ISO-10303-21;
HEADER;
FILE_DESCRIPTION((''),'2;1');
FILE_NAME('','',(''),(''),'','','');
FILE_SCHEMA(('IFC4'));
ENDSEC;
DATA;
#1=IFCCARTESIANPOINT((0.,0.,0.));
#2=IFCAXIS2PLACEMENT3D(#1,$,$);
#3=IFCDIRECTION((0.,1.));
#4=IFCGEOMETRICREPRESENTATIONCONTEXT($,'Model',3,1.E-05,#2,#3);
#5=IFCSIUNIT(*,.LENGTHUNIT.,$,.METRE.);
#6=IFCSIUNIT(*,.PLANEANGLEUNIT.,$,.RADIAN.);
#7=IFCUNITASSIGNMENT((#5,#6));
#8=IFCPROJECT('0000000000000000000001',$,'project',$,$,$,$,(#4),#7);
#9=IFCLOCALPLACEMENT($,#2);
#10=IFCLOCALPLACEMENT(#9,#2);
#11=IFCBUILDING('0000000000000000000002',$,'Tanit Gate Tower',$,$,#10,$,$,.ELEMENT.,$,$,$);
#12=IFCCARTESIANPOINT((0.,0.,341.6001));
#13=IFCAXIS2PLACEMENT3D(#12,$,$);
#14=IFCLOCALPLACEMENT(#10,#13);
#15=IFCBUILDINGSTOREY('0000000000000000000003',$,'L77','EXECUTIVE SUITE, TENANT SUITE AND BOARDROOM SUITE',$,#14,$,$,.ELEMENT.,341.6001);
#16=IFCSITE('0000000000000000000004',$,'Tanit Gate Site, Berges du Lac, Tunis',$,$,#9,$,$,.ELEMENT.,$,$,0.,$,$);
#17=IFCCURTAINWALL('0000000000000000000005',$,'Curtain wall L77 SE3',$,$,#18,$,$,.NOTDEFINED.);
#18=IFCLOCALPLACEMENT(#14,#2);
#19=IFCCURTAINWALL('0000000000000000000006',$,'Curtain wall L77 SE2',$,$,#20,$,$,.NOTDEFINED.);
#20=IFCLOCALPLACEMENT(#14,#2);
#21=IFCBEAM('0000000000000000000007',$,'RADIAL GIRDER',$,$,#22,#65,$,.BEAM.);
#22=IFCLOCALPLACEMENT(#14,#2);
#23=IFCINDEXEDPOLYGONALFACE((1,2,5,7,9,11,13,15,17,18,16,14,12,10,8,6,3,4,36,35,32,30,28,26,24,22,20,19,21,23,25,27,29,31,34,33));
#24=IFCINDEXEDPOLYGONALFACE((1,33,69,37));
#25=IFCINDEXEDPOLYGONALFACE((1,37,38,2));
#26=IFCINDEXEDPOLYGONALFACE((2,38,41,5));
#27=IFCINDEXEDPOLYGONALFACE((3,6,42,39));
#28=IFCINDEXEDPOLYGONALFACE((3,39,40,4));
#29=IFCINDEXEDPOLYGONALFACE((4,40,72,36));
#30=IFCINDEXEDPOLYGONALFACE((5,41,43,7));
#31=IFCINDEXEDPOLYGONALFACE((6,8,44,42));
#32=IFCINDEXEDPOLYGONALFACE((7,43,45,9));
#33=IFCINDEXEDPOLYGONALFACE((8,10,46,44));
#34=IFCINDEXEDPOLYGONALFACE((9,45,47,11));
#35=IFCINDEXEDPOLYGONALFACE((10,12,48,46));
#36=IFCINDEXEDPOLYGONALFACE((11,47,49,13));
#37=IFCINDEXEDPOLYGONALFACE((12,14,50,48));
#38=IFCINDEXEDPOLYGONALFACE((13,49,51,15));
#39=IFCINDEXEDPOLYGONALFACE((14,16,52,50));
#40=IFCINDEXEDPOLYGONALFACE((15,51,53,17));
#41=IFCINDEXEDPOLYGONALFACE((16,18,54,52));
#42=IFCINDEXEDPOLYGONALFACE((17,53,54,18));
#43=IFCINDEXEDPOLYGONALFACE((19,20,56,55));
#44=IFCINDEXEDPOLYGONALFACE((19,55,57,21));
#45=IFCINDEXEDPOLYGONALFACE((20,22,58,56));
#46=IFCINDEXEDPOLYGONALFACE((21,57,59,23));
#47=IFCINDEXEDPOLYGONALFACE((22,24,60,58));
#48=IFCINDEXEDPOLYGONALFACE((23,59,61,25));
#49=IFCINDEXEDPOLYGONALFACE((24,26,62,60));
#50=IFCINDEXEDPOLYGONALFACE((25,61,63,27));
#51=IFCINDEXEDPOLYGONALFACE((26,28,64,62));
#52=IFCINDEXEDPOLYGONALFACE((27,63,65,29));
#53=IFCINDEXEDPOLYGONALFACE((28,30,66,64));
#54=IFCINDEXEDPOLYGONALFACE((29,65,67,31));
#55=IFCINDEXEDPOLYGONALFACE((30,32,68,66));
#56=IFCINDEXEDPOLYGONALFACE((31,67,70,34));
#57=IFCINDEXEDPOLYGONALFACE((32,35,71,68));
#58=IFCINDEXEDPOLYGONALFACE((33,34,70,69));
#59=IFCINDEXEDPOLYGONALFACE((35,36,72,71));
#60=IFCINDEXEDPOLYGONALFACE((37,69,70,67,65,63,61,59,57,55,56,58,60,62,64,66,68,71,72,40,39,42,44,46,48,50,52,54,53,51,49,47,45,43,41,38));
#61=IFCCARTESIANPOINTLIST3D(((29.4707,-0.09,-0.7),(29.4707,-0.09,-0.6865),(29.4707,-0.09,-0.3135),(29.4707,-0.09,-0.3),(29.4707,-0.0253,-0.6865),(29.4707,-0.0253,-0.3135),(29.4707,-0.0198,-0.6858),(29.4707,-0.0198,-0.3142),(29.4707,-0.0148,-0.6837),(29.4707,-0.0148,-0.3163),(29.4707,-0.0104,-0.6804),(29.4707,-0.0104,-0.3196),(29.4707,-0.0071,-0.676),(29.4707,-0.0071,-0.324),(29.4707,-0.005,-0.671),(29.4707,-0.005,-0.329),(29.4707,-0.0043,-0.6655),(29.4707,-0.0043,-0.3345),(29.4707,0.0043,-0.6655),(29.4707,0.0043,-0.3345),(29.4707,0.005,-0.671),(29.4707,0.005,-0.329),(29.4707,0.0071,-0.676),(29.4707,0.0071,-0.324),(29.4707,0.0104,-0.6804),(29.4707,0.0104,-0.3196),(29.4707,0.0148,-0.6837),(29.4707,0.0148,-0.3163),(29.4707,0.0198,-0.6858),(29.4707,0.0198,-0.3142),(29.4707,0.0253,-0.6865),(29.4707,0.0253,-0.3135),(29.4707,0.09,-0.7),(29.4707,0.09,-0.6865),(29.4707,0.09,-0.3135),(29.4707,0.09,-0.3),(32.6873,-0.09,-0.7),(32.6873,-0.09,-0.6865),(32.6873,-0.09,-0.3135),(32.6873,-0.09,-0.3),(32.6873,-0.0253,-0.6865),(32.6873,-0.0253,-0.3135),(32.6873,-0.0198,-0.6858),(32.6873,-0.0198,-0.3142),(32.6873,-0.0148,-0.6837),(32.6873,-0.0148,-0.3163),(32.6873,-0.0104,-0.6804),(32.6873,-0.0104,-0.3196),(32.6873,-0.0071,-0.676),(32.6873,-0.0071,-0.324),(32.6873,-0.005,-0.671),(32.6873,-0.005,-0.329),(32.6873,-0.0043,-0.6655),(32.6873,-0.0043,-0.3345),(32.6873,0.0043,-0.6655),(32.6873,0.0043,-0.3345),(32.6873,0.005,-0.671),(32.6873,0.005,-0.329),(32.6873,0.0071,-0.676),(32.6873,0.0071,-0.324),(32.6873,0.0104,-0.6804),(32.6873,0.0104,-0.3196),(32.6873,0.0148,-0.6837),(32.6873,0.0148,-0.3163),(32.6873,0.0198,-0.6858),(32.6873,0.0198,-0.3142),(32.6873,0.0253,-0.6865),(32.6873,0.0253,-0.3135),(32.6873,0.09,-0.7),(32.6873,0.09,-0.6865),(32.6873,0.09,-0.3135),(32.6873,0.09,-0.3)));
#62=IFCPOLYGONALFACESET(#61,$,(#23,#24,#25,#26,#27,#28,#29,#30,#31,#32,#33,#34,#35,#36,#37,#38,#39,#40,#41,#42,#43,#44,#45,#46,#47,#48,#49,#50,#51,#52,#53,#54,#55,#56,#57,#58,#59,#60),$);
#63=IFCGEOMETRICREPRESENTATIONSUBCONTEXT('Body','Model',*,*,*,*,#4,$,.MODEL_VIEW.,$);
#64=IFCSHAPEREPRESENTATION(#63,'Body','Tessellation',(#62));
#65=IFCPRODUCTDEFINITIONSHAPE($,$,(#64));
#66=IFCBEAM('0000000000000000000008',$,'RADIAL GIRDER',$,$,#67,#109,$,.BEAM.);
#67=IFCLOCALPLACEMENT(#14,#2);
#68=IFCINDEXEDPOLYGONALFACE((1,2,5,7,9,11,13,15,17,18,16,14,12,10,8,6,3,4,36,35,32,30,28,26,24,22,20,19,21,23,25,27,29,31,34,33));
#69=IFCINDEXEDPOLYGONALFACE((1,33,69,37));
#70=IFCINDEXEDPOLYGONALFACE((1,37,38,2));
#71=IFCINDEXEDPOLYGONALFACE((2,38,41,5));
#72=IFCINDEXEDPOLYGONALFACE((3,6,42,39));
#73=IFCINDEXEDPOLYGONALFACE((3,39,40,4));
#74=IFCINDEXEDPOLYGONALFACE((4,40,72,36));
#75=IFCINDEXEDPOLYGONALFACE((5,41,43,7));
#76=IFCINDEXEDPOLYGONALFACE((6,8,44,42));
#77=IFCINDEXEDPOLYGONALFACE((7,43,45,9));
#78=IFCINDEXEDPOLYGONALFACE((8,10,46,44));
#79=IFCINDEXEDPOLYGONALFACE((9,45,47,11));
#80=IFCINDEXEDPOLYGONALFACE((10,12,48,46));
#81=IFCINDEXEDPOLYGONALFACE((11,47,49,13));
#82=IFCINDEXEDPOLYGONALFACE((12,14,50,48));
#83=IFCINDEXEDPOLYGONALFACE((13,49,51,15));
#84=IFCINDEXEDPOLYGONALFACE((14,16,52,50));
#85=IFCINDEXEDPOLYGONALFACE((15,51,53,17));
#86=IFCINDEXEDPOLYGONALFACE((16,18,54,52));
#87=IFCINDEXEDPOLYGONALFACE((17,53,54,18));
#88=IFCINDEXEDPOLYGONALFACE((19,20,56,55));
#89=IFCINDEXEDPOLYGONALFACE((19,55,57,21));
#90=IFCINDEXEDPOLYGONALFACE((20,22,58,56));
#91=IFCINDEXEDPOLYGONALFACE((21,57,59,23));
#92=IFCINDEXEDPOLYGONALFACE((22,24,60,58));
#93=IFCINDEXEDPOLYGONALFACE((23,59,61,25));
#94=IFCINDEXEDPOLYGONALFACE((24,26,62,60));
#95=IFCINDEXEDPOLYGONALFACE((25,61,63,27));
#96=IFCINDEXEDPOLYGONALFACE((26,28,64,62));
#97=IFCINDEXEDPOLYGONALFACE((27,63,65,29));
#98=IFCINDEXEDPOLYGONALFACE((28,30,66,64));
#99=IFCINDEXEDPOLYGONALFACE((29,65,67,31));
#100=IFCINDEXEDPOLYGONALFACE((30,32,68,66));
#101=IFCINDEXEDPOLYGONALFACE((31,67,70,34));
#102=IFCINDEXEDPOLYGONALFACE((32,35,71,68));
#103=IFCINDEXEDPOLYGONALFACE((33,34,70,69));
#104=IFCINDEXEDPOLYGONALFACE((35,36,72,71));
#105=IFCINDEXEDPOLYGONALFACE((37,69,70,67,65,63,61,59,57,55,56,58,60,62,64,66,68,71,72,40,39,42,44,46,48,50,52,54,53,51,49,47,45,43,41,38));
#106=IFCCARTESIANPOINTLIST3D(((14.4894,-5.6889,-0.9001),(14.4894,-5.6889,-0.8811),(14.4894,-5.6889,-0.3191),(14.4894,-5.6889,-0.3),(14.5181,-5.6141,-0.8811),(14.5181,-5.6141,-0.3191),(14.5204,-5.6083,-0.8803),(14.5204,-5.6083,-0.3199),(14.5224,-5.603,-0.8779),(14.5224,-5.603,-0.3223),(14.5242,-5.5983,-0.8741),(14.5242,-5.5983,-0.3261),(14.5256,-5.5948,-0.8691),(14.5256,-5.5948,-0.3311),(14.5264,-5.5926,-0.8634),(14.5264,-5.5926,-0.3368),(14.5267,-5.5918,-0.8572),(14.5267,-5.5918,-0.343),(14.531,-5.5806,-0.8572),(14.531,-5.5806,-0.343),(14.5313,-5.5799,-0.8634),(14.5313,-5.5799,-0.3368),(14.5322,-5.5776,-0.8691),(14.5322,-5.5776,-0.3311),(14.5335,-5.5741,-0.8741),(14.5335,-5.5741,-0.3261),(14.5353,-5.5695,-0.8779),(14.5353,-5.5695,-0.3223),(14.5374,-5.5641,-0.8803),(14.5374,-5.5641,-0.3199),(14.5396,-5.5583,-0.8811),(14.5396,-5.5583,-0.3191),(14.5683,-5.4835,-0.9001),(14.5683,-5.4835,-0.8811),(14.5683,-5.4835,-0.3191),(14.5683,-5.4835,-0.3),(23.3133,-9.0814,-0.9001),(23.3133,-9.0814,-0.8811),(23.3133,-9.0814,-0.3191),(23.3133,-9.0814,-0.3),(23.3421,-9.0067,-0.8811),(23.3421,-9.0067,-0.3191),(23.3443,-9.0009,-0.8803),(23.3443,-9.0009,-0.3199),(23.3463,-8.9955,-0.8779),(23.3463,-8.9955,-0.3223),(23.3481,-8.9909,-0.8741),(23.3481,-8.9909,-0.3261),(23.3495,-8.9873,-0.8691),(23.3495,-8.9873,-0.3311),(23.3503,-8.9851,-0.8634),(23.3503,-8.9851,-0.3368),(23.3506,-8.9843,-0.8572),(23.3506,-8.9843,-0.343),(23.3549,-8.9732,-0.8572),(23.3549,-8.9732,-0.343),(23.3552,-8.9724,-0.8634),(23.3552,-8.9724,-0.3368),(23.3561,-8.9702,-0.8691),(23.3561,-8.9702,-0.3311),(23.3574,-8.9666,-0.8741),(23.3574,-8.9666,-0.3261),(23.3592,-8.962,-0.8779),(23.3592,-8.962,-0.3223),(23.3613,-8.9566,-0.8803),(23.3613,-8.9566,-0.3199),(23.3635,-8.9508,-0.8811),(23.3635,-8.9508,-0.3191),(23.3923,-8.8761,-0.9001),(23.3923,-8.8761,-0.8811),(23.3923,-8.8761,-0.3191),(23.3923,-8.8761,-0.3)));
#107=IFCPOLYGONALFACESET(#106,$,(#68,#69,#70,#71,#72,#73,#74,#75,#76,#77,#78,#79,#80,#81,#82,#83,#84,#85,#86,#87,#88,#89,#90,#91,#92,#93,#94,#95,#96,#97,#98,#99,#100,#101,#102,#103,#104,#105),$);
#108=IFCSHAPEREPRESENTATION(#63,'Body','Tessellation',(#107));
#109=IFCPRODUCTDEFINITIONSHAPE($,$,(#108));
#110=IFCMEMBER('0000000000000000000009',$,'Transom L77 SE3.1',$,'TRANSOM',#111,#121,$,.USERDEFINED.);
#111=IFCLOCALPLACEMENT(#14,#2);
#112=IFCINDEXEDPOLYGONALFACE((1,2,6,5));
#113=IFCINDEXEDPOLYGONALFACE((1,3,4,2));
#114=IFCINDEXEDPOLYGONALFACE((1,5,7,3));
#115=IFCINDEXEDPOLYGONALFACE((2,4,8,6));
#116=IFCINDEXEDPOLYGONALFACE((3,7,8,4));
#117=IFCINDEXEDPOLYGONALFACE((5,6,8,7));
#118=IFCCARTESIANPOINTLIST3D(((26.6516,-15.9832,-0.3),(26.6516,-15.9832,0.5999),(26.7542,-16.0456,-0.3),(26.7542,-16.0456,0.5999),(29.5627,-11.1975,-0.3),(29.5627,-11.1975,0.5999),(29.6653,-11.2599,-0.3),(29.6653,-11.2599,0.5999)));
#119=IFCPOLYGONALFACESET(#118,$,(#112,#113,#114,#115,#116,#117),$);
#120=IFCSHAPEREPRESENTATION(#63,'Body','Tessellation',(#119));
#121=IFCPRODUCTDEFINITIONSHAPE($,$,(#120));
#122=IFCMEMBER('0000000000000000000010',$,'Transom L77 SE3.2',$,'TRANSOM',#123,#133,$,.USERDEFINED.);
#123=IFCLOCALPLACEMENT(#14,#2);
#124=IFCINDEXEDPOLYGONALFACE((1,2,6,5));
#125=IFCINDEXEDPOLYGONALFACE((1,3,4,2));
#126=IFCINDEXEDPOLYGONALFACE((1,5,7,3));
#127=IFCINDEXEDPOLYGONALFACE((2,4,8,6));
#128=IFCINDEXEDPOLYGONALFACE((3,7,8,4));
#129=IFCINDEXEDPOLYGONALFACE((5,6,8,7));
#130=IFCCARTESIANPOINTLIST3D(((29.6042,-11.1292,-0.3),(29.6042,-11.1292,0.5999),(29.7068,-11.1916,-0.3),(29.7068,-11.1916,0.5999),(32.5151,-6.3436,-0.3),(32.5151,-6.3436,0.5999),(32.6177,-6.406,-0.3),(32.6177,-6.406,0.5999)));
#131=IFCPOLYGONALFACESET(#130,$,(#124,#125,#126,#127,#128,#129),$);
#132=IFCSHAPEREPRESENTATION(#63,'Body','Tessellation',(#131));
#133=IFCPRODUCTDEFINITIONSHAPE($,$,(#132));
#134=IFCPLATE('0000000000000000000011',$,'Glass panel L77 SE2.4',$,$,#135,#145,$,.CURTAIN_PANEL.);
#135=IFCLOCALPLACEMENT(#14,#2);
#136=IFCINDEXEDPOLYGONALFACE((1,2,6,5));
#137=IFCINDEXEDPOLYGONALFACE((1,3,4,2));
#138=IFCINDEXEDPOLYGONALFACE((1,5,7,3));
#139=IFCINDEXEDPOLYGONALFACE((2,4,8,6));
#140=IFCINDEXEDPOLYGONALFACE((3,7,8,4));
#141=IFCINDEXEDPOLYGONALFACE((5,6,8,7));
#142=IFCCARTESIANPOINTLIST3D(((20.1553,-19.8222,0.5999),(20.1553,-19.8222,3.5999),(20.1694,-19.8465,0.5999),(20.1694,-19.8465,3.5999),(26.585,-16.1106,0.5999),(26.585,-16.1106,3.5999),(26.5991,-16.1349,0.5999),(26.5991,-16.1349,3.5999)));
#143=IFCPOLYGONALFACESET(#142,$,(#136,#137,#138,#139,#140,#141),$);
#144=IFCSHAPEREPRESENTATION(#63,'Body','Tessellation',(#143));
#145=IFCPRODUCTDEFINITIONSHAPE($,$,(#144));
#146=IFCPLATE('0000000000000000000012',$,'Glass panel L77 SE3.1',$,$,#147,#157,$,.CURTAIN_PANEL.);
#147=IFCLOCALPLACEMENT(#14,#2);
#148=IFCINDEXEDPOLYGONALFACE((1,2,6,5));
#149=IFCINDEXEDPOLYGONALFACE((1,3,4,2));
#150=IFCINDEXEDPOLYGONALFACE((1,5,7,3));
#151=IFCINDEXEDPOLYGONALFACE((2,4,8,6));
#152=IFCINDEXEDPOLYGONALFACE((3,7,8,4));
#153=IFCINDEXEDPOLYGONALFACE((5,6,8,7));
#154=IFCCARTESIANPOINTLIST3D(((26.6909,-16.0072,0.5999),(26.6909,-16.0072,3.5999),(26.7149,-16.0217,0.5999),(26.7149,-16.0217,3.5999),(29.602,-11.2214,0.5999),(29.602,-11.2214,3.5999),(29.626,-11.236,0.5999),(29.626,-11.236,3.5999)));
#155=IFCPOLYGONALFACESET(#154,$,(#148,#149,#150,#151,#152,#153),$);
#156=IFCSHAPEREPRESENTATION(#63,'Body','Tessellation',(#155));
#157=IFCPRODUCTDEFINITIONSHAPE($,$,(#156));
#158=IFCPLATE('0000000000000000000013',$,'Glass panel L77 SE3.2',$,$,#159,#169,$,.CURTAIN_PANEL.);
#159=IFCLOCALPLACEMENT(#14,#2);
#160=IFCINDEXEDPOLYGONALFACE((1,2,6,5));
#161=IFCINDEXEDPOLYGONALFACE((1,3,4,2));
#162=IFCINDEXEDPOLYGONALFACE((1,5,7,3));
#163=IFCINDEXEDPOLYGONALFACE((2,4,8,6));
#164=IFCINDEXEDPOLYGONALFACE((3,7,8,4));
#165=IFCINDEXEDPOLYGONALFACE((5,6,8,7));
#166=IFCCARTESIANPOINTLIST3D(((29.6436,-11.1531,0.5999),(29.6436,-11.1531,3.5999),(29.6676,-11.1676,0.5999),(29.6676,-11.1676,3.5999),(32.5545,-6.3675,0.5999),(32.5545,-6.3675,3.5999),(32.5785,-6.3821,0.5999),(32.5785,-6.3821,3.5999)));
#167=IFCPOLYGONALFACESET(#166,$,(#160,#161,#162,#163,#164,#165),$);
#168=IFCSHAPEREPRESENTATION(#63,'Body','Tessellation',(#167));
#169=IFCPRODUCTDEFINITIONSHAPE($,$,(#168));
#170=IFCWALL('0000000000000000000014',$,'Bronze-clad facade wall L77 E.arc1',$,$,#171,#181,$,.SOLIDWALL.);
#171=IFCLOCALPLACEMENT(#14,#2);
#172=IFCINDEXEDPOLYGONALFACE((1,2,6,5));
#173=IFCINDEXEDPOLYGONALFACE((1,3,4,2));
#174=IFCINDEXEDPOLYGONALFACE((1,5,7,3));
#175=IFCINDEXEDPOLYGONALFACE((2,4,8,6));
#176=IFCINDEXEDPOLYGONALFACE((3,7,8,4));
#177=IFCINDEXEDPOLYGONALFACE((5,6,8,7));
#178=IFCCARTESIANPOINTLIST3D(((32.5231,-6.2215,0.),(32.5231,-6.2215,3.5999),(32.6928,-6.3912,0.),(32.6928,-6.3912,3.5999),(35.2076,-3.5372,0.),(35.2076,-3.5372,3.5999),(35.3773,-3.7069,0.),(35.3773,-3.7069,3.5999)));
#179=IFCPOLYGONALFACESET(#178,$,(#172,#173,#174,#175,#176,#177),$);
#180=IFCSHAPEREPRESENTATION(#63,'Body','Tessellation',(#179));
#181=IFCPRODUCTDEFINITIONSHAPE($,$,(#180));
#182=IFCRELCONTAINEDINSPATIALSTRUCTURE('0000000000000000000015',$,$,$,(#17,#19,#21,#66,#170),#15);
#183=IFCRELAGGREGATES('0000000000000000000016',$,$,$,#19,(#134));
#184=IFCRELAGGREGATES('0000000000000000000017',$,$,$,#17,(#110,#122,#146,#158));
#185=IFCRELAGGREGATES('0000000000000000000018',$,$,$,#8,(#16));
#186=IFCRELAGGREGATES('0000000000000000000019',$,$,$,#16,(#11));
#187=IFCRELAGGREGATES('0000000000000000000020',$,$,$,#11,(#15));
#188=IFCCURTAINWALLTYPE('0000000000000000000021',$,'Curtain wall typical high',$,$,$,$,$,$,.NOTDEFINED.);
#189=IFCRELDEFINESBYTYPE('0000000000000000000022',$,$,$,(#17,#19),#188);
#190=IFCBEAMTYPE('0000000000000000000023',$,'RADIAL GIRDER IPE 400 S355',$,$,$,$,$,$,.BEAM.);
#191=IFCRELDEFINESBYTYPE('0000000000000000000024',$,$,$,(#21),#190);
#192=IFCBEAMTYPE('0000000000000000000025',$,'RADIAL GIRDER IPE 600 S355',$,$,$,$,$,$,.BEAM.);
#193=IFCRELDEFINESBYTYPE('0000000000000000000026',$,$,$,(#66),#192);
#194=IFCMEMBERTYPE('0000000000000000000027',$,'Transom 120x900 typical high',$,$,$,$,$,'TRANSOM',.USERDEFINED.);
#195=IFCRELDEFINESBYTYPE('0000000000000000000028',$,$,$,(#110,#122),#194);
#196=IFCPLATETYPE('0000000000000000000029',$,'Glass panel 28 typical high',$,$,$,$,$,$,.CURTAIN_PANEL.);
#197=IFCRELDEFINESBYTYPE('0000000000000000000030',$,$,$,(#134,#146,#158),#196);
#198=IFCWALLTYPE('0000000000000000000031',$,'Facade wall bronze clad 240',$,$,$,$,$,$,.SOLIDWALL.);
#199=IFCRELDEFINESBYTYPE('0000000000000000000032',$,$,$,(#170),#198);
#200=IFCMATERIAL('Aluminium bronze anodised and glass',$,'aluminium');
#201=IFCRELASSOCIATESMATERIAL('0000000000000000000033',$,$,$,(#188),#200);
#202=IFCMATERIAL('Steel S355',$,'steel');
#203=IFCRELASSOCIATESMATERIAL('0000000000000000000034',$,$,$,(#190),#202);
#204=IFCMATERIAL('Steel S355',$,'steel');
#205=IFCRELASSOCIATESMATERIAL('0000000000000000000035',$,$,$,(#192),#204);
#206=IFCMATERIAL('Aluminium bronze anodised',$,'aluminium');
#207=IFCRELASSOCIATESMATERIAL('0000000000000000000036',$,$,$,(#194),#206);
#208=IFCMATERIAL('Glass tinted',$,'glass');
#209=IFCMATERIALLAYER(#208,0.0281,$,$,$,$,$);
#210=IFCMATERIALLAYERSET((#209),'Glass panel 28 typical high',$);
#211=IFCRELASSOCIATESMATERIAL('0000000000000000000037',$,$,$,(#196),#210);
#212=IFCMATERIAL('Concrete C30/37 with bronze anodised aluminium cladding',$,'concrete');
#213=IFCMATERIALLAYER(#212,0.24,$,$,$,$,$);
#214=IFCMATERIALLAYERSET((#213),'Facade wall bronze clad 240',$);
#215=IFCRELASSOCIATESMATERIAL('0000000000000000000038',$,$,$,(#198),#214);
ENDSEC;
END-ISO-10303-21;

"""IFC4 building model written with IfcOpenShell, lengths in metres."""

from ifc_helpers import new_model, si_unit, direction, frame, frame_2d, origin, origin_2d, place, context, subcontext, project, spatial, rectangle, i_section, extrude, material, layer, layer_set, material_profile, profile_set, type_object, element, aggregate, save


model = new_model("IFC4")

# Units and contexts
model_context = context("Model", 3, precision=1e-05, world=origin(), true_north=direction((0.0, 1.0)))
body_context = subcontext(model_context, "Body", "Model", "MODEL_VIEW")
ifc_project = project(units=[si_unit("LENGTHUNIT", "METRE"), si_unit("PLANEANGLEUNIT", "RADIAN")], contexts=[model_context])

# Site, building, storey
site_placement = place(None, origin())
site = spatial("IfcSite", under=ifc_project, at=site_placement, Name="Tanit Gate Site, Berges du Lac, Tunis", CompositionType="ELEMENT", RefElevation=0.0)
building_placement = place(site_placement, origin())
building = spatial("IfcBuilding", under=site, at=building_placement, Name="Tanit Gate Tower", CompositionType="ELEMENT")
storey_placement = place(building_placement, frame((0.0, 0.0, 341.6001)))
storey = spatial("IfcBuildingStorey", under=building, at=storey_placement, Name="L77", Description="EXECUTIVE SUITE, TENANT SUITE AND BOARDROOM SUITE", CompositionType="ELEMENT", Elevation=341.6001)

# Curtain wall
ifc_material_1 = material(Name="Aluminium bronze anodised and glass", Category="aluminium")
curtain_wall_type = type_object("IfcCurtainWallType", Name="Curtain wall typical high", PredefinedType="NOTDEFINED", material=ifc_material_1)
curtain_wall_1_placement = place(storey_placement, origin())
curtain_wall_1 = element("IfcCurtainWall", 1, at=curtain_wall_1_placement, inside=storey, type_object=curtain_wall_type, Name="Curtain wall L77 SE3", PredefinedType="NOTDEFINED")

# Curtain wall
curtain_wall_2_placement = place(storey_placement, origin())
curtain_wall_2 = element("IfcCurtainWall", 2, at=curtain_wall_2_placement, inside=storey, type_object=curtain_wall_type, Name="Curtain wall L77 SE2", PredefinedType="NOTDEFINED")

# Beams
ifc_material_2 = material(Name="Steel S355", Category="steel")
ifc_material_profile_1 = material_profile(ifc_material_2, i_section(OverallWidth=0.1799, OverallDepth=0.3999, WebThickness=0.0085, FlangeThickness=0.0134, FilletRadius=0.021, at=origin_2d()), Name="IPE 400")
ifc_profile_set_1 = profile_set([ifc_material_profile_1], Name="Steel S355")
beam_type_1 = type_object("IfcBeamType", Name="RADIAL GIRDER IPE 400 S355", PredefinedType="BEAM", material=ifc_profile_set_1)
beam_1_placement = place(storey_placement, frame((32.6873, 0.0, -0.5), z_axis=(-1.0, 0.0, 0.0), x_axis=(0.0, -1.0, 0.0)))
element("IfcBeam", 3, at=beam_1_placement, inside=storey, type_object=beam_type_1, Name="RADIAL GIRDER", PredefinedType="BEAM", context=body_context, shape_type="SweptSolid", body=[
    extrude(i_section(OverallWidth=0.1799, OverallDepth=0.3999, WebThickness=0.0085, FlangeThickness=0.0134, FilletRadius=0.021, at=origin_2d()), origin(), (0.0, 0.0, 1.0), 3.2166),
])
ifc_material_3 = material(Name="Steel S355", Category="steel")
ifc_material_profile_2 = material_profile(ifc_material_3, i_section(OverallWidth=0.22, OverallDepth=0.6001, WebThickness=0.012, FlangeThickness=0.019, FilletRadius=0.0239, at=origin_2d()), Name="IPE 600")
ifc_profile_set_2 = profile_set([ifc_material_profile_2], Name="Steel S355")
beam_type_2 = type_object("IfcBeamType", Name="RADIAL GIRDER IPE 600 S355", PredefinedType="BEAM", material=ifc_profile_set_2)
beam_2_placement = place(storey_placement, frame((23.3528, -8.9788, -0.6001), z_axis=(-0.93339, 0.358863, 0.0), x_axis=(-0.358863, -0.93339, 0.0)))
element("IfcBeam", 4, at=beam_2_placement, inside=storey, type_object=beam_type_2, Name="RADIAL GIRDER", PredefinedType="BEAM", context=body_context, shape_type="SweptSolid", body=[
    extrude(i_section(OverallWidth=0.22, OverallDepth=0.6001, WebThickness=0.012, FlangeThickness=0.019, FilletRadius=0.0239, at=origin_2d()), origin(), (0.0, 0.0, 1.0), 9.4536),
])

# Members
ifc_material_4 = material(Name="Aluminium bronze anodised", Category="aluminium")
ifc_material_profile_3 = material_profile(ifc_material_4, rectangle(XDim=0.1201, YDim=0.8999, at=origin_2d()), Name="120x900 bronze transom")
ifc_profile_set_3 = profile_set([ifc_material_profile_3], Name="Aluminium bronze anodised")
member_type_1 = type_object("IfcMemberType", Name="Transom 120x900 typical high", ElementType="TRANSOM", PredefinedType="USERDEFINED", material=ifc_profile_set_3)
member_1_placement = place(storey_placement, frame((26.7029, -16.0144, 0.1499), z_axis=(0.519704, 0.854347, 0.0), x_axis=(-0.854347, 0.519704, 0.0)))
member_1 = element("IfcMember", 5, at=member_1_placement, type_object=member_type_1, Name="Transom L77 SE3.1", ObjectType="TRANSOM", PredefinedType="USERDEFINED", context=body_context, shape_type="SweptSolid", body=[
    extrude(rectangle(XDim=0.1201, YDim=0.8999, at=origin_2d()), origin(), (0.0, 0.0, 1.0), 5.6016),
])
member_2_placement = place(storey_placement, frame((29.6555, -11.1604, 0.1499), z_axis=(0.519672, 0.854366, 0.0), x_axis=(-0.854366, 0.519672, 0.0)))
member_2 = element("IfcMember", 6, at=member_2_placement, type_object=member_type_1, Name="Transom L77 SE3.2", ObjectType="TRANSOM", PredefinedType="USERDEFINED", context=body_context, shape_type="SweptSolid", body=[
    extrude(rectangle(XDim=0.1201, YDim=0.8999, at=origin_2d()), origin(), (0.0, 0.0, 1.0), 5.6013),
])

# Plates
ifc_material_5 = material(Name="Glass tinted", Category="glass")
ifc_layer_1 = layer(ifc_material_5, 0.0281)
ifc_layer_set_1 = layer_set([ifc_layer_1], Name="Glass panel 28 typical high")
plate_type = type_object("IfcPlateType", Name="Glass panel 28 typical high", PredefinedType="CURTAIN_PANEL", material=ifc_layer_set_1)
plate_1_placement = place(storey_placement, frame((23.3772, -17.9785, 0.5999), z_axis=(0.0, 0.0, 1.0), x_axis=(0.86606, 0.49994, 0.0)))
plate_1 = element("IfcPlate", 7, at=plate_1_placement, type_object=plate_type, Name="Glass panel L77 SE2.4", PredefinedType="CURTAIN_PANEL", context=body_context, shape_type="SweptSolid", body=[
    extrude(rectangle(XDim=7.4241, YDim=0.0281, at=origin_2d()), origin(), (0.0, 0.0, 1.0), 3.0),
])
aggregate(curtain_wall_2, [plate_1])
plate_2_placement = place(storey_placement, frame((28.1584, -13.6216, 0.5999), z_axis=(0.0, 0.0, 1.0), x_axis=(0.519684, 0.854359, 0.0)))
plate_2 = element("IfcPlate", 8, at=plate_2_placement, type_object=plate_type, Name="Glass panel L77 SE3.1", PredefinedType="CURTAIN_PANEL", context=body_context, shape_type="SweptSolid", body=[
    extrude(rectangle(XDim=5.6016, YDim=0.0281, at=origin_2d()), origin(), (0.0, 0.0, 1.0), 3.0),
])
plate_3_placement = place(storey_placement, frame((31.1111, -8.7676, 0.5999), z_axis=(0.0, 0.0, 1.0), x_axis=(0.519684, 0.854359, 0.0)))
plate_3 = element("IfcPlate", 9, at=plate_3_placement, type_object=plate_type, Name="Glass panel L77 SE3.2", PredefinedType="CURTAIN_PANEL", context=body_context, shape_type="SweptSolid", body=[
    extrude(rectangle(XDim=5.6013, YDim=0.0281, at=origin_2d()), origin(), (0.0, 0.0, 1.0), 3.0),
])
aggregate(curtain_wall_1, [member_1, member_2, plate_2, plate_3])

# Wall
ifc_material_6 = material(Name="Concrete C30/37 with bronze anodised aluminium cladding", Category="concrete")
ifc_layer_2 = layer(ifc_material_6, 0.24)
ifc_layer_set_2 = layer_set([ifc_layer_2], Name="Facade wall bronze clad 240")
wall_type_1 = type_object("IfcWallType", Name="Facade wall bronze clad 240", PredefinedType="SOLIDWALL", material=ifc_layer_set_2)
wall_1_placement = place(storey_placement, frame((32.6079, -6.3064, 0.0), z_axis=(0.0, 0.0, 1.0), x_axis=(0.707139, 0.707075, 0.0)))
element("IfcWall", 10, at=wall_1_placement, inside=storey, type_object=wall_type_1, Name="Bronze-clad facade wall L77 E.arc1", PredefinedType="SOLIDWALL", context=body_context, shape_type="SweptSolid", body=[
    extrude(rectangle(XDim=3.7964, YDim=0.24, at=frame_2d((1.8982, 0.0))), origin(), (0.0, 0.0, 1.0), 3.5999),
])

save(model, "model.ifc")
